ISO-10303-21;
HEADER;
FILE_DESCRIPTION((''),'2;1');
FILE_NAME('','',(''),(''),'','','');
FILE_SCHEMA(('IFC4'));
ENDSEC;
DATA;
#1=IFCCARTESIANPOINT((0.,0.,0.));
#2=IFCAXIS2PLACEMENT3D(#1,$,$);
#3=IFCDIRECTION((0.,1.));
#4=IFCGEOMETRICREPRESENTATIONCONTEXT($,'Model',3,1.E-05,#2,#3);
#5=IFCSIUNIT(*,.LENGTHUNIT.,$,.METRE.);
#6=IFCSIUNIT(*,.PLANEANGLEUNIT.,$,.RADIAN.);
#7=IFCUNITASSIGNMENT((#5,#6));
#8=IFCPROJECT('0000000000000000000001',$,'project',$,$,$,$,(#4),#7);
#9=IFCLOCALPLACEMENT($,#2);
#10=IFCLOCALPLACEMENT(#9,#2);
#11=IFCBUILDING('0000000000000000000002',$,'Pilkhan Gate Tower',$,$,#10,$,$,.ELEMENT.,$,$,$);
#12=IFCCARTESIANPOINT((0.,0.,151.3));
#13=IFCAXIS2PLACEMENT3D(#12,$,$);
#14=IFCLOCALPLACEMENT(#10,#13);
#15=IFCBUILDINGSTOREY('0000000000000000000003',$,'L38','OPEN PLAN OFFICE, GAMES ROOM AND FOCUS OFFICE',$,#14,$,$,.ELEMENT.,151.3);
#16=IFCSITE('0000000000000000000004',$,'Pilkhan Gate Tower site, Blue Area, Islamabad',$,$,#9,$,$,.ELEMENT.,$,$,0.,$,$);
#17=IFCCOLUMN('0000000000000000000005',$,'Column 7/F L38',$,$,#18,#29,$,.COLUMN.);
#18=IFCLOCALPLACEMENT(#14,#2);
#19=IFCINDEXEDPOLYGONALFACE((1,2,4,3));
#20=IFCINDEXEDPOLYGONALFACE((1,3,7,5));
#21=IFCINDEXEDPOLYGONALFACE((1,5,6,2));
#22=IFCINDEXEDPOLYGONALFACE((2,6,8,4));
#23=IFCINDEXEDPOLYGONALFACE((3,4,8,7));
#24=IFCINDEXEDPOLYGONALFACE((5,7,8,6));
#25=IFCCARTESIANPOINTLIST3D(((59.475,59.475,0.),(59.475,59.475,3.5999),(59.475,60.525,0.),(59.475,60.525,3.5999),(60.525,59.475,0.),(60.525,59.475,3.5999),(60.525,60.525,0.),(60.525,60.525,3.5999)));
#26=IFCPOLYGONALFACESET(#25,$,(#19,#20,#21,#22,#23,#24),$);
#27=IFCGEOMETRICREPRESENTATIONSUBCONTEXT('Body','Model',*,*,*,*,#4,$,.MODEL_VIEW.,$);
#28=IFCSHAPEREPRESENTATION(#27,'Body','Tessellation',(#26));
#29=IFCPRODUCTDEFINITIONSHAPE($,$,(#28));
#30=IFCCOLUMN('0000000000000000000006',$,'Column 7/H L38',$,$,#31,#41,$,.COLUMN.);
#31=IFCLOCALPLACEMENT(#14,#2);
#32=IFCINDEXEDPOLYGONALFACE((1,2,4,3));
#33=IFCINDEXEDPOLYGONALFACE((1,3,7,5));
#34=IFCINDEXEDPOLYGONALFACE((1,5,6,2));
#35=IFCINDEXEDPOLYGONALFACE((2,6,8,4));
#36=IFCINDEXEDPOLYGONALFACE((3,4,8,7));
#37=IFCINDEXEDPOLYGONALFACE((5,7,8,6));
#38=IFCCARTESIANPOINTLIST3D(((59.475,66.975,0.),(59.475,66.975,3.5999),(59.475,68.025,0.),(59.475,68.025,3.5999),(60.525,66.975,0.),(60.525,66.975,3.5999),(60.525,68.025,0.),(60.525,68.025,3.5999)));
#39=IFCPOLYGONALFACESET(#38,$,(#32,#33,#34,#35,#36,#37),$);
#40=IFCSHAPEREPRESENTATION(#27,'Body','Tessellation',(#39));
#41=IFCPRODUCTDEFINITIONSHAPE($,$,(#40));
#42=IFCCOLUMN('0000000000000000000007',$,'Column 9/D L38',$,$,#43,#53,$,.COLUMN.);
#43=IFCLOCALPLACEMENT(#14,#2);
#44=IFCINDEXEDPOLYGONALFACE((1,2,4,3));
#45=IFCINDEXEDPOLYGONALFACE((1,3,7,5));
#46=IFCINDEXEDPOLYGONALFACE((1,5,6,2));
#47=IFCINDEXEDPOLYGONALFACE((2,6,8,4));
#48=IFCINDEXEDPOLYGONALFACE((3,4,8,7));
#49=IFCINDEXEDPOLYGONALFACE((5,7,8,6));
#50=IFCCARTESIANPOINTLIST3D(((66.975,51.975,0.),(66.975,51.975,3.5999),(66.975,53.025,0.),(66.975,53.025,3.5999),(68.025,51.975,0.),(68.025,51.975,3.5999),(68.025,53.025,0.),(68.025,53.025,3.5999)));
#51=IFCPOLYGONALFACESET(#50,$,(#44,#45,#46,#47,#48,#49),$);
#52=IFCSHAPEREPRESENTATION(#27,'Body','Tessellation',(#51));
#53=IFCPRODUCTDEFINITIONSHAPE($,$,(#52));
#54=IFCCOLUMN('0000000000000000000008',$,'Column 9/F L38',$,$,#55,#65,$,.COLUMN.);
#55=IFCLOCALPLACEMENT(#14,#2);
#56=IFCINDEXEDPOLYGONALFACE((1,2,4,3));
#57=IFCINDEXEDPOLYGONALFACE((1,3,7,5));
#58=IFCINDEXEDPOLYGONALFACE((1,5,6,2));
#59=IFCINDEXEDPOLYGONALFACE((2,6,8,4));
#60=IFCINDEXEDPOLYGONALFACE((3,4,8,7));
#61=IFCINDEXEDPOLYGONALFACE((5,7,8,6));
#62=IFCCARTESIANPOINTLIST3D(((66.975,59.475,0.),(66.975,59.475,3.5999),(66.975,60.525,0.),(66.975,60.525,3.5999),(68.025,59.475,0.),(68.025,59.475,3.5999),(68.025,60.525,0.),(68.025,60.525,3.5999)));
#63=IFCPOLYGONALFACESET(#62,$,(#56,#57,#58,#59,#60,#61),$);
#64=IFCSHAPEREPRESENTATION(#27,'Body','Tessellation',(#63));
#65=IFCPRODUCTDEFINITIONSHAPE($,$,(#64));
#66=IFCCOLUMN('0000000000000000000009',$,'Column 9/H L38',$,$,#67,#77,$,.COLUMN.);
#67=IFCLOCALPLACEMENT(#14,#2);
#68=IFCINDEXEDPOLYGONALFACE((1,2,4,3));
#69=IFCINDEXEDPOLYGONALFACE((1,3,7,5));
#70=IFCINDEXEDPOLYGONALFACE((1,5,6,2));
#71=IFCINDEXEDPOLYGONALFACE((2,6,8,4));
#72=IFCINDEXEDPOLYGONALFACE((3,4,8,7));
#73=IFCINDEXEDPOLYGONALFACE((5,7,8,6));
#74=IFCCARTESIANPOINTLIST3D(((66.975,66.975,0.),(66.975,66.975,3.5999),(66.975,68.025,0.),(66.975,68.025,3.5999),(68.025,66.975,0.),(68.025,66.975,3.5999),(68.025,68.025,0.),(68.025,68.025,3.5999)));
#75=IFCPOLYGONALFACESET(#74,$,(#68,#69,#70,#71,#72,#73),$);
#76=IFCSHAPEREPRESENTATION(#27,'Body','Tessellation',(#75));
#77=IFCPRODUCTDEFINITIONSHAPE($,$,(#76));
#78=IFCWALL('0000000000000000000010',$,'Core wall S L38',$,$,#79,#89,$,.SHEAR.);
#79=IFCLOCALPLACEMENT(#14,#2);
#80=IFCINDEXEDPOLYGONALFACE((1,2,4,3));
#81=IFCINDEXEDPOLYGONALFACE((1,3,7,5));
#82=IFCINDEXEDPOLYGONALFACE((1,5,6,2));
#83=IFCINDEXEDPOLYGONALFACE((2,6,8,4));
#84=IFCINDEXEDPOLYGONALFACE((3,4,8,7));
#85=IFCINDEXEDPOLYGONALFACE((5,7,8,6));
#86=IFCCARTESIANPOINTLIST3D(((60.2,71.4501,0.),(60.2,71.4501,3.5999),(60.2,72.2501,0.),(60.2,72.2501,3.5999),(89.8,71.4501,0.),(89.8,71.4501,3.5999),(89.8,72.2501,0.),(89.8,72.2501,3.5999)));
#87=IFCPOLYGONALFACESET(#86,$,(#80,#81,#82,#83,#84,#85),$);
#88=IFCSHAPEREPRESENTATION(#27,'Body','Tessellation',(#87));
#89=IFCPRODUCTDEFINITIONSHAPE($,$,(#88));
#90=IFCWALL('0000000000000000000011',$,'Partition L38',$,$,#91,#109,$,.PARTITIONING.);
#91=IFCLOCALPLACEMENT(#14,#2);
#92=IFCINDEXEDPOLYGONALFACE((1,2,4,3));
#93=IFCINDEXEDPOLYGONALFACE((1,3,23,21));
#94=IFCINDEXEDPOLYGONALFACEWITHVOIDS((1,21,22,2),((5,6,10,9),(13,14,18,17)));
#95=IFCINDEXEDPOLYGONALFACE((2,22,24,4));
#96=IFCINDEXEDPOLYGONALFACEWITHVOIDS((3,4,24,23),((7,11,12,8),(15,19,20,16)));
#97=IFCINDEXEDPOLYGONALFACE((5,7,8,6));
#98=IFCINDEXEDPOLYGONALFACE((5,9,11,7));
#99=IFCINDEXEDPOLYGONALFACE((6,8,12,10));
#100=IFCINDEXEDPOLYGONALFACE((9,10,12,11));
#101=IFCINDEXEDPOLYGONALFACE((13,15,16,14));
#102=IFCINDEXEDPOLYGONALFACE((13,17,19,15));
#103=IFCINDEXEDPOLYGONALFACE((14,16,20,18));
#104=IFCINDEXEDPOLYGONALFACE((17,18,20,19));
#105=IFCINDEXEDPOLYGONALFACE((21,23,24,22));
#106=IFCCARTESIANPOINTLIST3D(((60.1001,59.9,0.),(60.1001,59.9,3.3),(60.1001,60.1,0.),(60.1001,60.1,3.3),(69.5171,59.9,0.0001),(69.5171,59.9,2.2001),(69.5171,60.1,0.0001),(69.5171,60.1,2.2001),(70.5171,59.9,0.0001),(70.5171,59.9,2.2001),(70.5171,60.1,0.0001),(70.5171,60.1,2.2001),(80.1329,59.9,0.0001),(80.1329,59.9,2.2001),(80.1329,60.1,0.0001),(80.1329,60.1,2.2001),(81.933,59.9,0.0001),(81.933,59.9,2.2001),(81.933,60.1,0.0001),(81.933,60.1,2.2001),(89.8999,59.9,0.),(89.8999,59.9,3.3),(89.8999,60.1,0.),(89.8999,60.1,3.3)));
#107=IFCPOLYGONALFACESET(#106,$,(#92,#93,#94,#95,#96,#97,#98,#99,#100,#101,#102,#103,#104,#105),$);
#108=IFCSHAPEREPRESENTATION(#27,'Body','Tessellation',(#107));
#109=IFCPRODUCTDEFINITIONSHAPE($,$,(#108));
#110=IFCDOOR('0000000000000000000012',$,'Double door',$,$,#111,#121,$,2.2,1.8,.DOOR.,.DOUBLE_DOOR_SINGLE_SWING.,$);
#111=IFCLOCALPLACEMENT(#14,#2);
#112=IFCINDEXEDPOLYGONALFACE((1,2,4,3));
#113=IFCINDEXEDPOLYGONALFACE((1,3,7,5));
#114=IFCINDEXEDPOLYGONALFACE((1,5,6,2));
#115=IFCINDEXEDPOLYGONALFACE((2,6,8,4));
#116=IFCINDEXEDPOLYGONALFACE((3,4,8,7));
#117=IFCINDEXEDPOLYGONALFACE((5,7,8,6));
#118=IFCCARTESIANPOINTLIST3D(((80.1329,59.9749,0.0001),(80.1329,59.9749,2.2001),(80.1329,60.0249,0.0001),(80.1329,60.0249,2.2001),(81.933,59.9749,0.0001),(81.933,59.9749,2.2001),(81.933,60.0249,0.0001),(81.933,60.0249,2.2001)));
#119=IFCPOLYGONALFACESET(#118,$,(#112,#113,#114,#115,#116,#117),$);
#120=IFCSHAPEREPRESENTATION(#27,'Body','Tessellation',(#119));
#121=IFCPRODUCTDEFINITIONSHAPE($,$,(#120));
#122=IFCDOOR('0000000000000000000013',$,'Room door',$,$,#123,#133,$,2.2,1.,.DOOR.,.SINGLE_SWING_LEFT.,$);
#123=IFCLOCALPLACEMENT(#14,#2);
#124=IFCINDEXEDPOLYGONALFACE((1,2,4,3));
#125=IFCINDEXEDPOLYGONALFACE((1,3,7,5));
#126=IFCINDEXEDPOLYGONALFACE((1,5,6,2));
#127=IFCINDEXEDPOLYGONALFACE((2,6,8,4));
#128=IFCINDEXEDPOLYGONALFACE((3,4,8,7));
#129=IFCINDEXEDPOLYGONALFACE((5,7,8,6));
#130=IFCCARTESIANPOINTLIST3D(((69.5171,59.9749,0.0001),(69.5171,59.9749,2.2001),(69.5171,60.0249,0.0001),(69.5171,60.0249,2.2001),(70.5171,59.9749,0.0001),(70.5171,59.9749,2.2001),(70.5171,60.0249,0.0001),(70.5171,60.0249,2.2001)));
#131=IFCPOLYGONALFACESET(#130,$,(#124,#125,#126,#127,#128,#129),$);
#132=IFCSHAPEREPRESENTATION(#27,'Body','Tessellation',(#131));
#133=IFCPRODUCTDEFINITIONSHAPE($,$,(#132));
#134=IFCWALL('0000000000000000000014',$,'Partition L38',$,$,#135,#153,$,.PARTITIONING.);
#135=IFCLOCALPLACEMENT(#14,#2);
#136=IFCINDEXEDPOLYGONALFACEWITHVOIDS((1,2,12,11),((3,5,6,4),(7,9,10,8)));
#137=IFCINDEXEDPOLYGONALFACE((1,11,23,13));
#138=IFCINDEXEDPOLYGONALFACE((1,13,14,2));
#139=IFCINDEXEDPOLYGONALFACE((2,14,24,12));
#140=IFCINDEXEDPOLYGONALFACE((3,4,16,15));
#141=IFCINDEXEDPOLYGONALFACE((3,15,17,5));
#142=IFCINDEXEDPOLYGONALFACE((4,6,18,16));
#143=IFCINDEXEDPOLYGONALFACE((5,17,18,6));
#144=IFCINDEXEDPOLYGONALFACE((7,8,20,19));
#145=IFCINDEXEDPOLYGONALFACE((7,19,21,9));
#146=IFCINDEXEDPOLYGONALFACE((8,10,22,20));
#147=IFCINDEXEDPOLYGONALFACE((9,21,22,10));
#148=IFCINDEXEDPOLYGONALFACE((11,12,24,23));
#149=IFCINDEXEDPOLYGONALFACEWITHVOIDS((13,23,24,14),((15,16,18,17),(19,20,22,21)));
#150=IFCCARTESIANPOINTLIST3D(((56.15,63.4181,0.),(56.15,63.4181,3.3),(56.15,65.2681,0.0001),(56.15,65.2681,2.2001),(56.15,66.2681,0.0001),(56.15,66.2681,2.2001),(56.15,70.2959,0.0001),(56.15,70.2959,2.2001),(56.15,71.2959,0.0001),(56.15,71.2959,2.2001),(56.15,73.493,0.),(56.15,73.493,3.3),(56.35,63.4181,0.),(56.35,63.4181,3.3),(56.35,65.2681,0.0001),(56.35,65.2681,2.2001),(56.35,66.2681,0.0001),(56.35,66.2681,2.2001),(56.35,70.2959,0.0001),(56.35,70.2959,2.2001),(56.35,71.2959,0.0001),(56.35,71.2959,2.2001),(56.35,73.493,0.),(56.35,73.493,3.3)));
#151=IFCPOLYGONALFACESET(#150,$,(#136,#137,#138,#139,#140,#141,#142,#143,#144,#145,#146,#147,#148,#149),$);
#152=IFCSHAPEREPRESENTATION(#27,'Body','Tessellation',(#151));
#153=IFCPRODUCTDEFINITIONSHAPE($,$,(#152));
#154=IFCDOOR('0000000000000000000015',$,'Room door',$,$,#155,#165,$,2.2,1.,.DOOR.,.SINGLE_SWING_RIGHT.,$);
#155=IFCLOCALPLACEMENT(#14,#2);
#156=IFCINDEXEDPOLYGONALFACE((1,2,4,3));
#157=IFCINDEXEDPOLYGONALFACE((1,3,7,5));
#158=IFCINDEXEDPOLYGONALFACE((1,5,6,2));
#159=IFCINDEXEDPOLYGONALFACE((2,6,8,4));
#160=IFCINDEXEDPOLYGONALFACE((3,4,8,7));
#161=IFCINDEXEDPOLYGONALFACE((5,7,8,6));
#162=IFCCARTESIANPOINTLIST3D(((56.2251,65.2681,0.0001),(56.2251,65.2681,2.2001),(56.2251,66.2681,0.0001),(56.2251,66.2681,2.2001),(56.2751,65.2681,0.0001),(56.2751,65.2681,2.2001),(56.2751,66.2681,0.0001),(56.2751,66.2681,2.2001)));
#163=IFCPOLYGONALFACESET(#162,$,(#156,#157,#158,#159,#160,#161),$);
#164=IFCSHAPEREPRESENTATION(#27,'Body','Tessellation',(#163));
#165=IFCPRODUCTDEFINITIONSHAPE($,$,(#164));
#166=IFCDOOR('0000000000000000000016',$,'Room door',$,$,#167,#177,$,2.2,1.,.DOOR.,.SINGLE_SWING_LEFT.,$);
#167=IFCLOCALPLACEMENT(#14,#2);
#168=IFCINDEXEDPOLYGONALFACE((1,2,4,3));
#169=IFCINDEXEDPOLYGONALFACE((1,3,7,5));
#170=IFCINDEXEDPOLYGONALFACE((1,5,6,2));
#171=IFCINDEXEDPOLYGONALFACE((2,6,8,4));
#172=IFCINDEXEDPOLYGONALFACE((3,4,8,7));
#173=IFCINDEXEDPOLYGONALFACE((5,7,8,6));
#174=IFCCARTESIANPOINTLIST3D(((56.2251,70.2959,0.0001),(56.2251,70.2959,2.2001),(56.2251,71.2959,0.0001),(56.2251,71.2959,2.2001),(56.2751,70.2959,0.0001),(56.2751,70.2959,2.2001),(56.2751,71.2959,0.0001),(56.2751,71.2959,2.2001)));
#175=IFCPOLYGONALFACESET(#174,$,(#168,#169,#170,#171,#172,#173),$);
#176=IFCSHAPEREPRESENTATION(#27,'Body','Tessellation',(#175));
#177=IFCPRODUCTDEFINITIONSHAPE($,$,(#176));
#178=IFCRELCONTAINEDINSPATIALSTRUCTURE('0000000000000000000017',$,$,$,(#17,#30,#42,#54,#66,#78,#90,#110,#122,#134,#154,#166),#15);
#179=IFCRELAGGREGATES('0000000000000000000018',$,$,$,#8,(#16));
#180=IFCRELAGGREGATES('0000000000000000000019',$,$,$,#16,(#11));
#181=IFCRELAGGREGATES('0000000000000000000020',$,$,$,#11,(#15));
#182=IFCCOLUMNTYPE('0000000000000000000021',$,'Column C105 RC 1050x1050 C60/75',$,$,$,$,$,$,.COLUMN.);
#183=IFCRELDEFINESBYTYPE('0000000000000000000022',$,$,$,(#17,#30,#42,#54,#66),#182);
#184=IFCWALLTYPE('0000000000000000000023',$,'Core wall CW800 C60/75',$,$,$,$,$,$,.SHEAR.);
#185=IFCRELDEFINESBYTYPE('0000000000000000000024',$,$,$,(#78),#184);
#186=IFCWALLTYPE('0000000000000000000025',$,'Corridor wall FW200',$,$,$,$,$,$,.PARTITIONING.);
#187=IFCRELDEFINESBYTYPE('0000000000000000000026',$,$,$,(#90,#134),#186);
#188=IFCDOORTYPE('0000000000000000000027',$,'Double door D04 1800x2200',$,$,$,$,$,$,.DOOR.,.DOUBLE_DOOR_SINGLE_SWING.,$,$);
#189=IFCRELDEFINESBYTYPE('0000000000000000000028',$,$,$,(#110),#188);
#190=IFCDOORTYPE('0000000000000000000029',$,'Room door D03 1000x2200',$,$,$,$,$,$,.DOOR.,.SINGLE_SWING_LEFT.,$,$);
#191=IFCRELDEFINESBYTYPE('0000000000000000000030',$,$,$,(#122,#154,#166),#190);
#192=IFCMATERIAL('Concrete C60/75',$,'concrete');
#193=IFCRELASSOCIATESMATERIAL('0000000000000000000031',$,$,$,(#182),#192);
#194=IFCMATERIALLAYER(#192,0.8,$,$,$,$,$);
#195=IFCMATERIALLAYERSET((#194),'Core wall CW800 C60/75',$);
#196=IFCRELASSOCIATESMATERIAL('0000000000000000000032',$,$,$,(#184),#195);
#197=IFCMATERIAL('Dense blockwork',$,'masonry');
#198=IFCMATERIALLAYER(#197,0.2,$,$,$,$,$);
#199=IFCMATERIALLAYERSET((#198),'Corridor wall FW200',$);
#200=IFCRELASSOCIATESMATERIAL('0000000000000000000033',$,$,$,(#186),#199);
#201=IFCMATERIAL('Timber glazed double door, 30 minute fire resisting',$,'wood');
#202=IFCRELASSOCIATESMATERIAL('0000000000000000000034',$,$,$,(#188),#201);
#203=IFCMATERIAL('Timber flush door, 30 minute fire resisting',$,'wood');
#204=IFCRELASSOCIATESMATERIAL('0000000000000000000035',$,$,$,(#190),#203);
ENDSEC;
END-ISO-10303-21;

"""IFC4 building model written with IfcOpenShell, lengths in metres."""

from ifc_helpers import new_model, si_unit, direction, frame, frame_2d, origin, origin_2d, place, context, subcontext, project, spatial, rectangle, extrude, material, layer, layer_set, material_profile, profile_set, type_object, element, fill, save


model = new_model("IFC4")

# Units and contexts
model_context = context("Model", 3, precision=1e-05, world=origin(), true_north=direction((0.0, 1.0)))
body_context = subcontext(model_context, "Body", "Model", "MODEL_VIEW")
ifc_project = project(units=[si_unit("LENGTHUNIT", "METRE"), si_unit("PLANEANGLEUNIT", "RADIAN")], contexts=[model_context])

# Site, building, storey
site_placement = place(None, origin())
site = spatial("IfcSite", under=ifc_project, at=site_placement, Name="Pilkhan Gate Tower site, Blue Area, Islamabad", CompositionType="ELEMENT", RefElevation=0.0)
building_placement = place(site_placement, origin())
building = spatial("IfcBuilding", under=site, at=building_placement, Name="Pilkhan Gate Tower", CompositionType="ELEMENT")
storey_placement = place(building_placement, frame((0.0, 0.0, 151.3)))
storey = spatial("IfcBuildingStorey", under=building, at=storey_placement, Name="L38", Description="OPEN PLAN OFFICE, GAMES ROOM AND FOCUS OFFICE", CompositionType="ELEMENT", Elevation=151.3)

# Columns
ifc_material_1 = material(Name="Concrete C60/75", Category="concrete")
ifc_material_profile = material_profile(ifc_material_1, rectangle(XDim=1.05, YDim=1.05, at=origin_2d()), Name="RC 1050x1050")
ifc_profile_set = profile_set([ifc_material_profile], Name="Concrete C60/75")
column_type = type_object("IfcColumnType", Name="Column C105 RC 1050x1050 C60/75", PredefinedType="COLUMN", material=ifc_profile_set)
for number, where, z_axis, x_axis, name in (
    (1, (60.0, 60.0, 0.0), (0.0, 0.0, 1.0), (1.0, 0.0, 0.0), "Column 7/F L38"),
    (2, (60.0, 67.5, 0.0), (0.0, 0.0, 1.0), (1.0, 0.0, 0.0), "Column 7/H L38"),
    (3, (67.5, 52.5, 0.0), (0.0, 0.0, 1.0), (1.0, 0.0, 0.0), "Column 9/D L38"),
    (4, (67.5, 60.0, 0.0), (0.0, 0.0, 1.0), (1.0, 0.0, 0.0), "Column 9/F L38"),
    (5, (67.5, 67.5, 0.0), (0.0, 0.0, 1.0), (1.0, 0.0, 0.0), "Column 9/H L38"),
):
    element("IfcColumn", number, at=place(storey_placement, frame(where, z_axis=z_axis, x_axis=x_axis)), inside=storey, type_object=column_type, Name=name, PredefinedType="COLUMN", context=body_context, shape_type="SweptSolid", body=[
        extrude(rectangle(XDim=1.05, YDim=1.05, at=origin_2d()), origin(), (0.0, 0.0, 1.0), 3.5999),
    ])

# Wall
ifc_layer_1 = layer(ifc_material_1, 0.8)
ifc_layer_set_1 = layer_set([ifc_layer_1], Name="Core wall CW800 C60/75")
wall_type_1 = type_object("IfcWallType", Name="Core wall CW800 C60/75", PredefinedType="SHEAR", material=ifc_layer_set_1)
wall_1_placement = place(storey_placement, frame((60.2, 71.8501, 0.0), z_axis=(0.0, 0.0, 1.0), x_axis=(1.0, 0.0, 0.0)))
element("IfcWall", 6, at=wall_1_placement, inside=storey, type_object=wall_type_1, Name="Core wall S L38", PredefinedType="SHEAR", context=body_context, shape_type="SweptSolid", body=[
    extrude(rectangle(XDim=29.6001, YDim=0.8, at=frame_2d((14.8, 0.0))), origin(), (0.0, 0.0, 1.0), 3.5999),
])

# Walls, openings, doors
ifc_material_2 = material(Name="Dense blockwork", Category="masonry")
ifc_layer_2 = layer(ifc_material_2, 0.2)
ifc_layer_set_2 = layer_set([ifc_layer_2], Name="Corridor wall FW200")
wall_type_2 = type_object("IfcWallType", Name="Corridor wall FW200", PredefinedType="PARTITIONING", material=ifc_layer_set_2)
wall_2_placement = place(storey_placement, frame((60.1001, 60.0, 0.0), z_axis=(0.0, 0.0, 1.0), x_axis=(1.0, 0.0, 0.0)))
wall_2 = element("IfcWall", 7, at=wall_2_placement, inside=storey, type_object=wall_type_2, Name="Partition L38", PredefinedType="PARTITIONING", context=body_context, shape_type="SweptSolid", body=[
    extrude(rectangle(XDim=29.7998, YDim=0.2, at=frame_2d((14.8999, 0.0))), origin(), (0.0, 0.0, 1.0), 3.3),
])
opening_1_placement = place(wall_2_placement, frame((9.417, 0.0, 0.0)))
opening_1 = element("IfcOpeningElement", 8, at=opening_1_placement, cuts=wall_2, PredefinedType="OPENING", context=body_context, shape_type="SweptSolid", body=[
    extrude(rectangle(XDim=1.0, YDim=2.2, at=frame_2d((0.5, 1.1001))), frame((0.0, 0.1099, 0.0), z_axis=(0.0, -1.0, 0.0), x_axis=(1.0, 0.0, 0.0)), (0.0, 0.0, 1.0), 0.22),
])
opening_2_placement = place(wall_2_placement, frame((20.033, 0.0, 0.0)))
opening_2 = element("IfcOpeningElement", 9, at=opening_2_placement, cuts=wall_2, PredefinedType="OPENING", context=body_context, shape_type="SweptSolid", body=[
    extrude(rectangle(XDim=1.8, YDim=2.2, at=frame_2d((0.8999, 1.1001))), frame((0.0, 0.1099, 0.0), z_axis=(0.0, -1.0, 0.0), x_axis=(1.0, 0.0, 0.0)), (0.0, 0.0, 1.0), 0.22),
])
ifc_material_3 = material(Name="Timber glazed double door, 30 minute fire resisting", Category="wood")
door_type_1 = type_object("IfcDoorType", Name="Double door D04 1800x2200", OperationType="DOUBLE_DOOR_SINGLE_SWING", PredefinedType="DOOR", material=ifc_material_3)
door_1_placement = place(opening_2_placement, origin())
door_1 = element("IfcDoor", 10, at=door_1_placement, inside=storey, type_object=door_type_1, Name="Double door", OperationType="DOUBLE_DOOR_SINGLE_SWING", OverallHeight=2.2, OverallWidth=1.8, PredefinedType="DOOR", context=body_context, shape_type="SweptSolid", body=[
    extrude(rectangle(XDim=1.8, YDim=2.2, at=frame_2d((0.8999, 1.1001))), frame((0.0, 0.0249, 0.0), z_axis=(0.0, -1.0, 0.0), x_axis=(1.0, 0.0, 0.0)), (0.0, 0.0, 1.0), 0.05),
])
fill(opening_2, door_1)
ifc_material_4 = material(Name="Timber flush door, 30 minute fire resisting", Category="wood")
door_type_2 = type_object("IfcDoorType", Name="Room door D03 1000x2200", OperationType="SINGLE_SWING_LEFT", PredefinedType="DOOR", material=ifc_material_4)
door_2_placement = place(opening_1_placement, origin())
door_2 = element("IfcDoor", 11, at=door_2_placement, inside=storey, type_object=door_type_2, Name="Room door", OperationType="SINGLE_SWING_LEFT", OverallHeight=2.2, OverallWidth=1.0, PredefinedType="DOOR", context=body_context, shape_type="SweptSolid", body=[
    extrude(rectangle(XDim=1.0, YDim=2.2, at=frame_2d((0.5, 1.1001))), frame((0.0, 0.0249, 0.0), z_axis=(0.0, -1.0, 0.0), x_axis=(1.0, 0.0, 0.0)), (0.0, 0.0, 1.0), 0.05),
])
fill(opening_1, door_2)
wall_3_placement = place(storey_placement, frame((56.25, 63.418, 0.0), z_axis=(0.0, 0.0, 1.0), x_axis=(0.0, 1.0, 0.0)))
wall_3 = element("IfcWall", 12, at=wall_3_placement, inside=storey, type_object=wall_type_2, Name="Partition L38", PredefinedType="PARTITIONING", context=body_context, shape_type="SweptSolid", body=[
    extrude(rectangle(XDim=10.075, YDim=0.2, at=frame_2d((5.0376, 0.0))), origin(), (0.0, 0.0, 1.0), 3.3),
])
opening_3_placement = place(wall_3_placement, frame((1.8501, 0.0, 0.0)))
opening_3 = element("IfcOpeningElement", 13, at=opening_3_placement, cuts=wall_3, PredefinedType="OPENING", context=body_context, shape_type="SweptSolid", body=[
    extrude(rectangle(XDim=1.0, YDim=2.2, at=frame_2d((0.5, 1.1001))), frame((0.0, 0.1099, 0.0), z_axis=(0.0, -1.0, 0.0), x_axis=(1.0, 0.0, 0.0)), (0.0, 0.0, 1.0), 0.22),
])
opening_4_placement = place(wall_3_placement, frame((6.8779, 0.0, 0.0)))
opening_4 = element("IfcOpeningElement", 14, at=opening_4_placement, cuts=wall_3, PredefinedType="OPENING", context=body_context, shape_type="SweptSolid", body=[
    extrude(rectangle(XDim=1.0, YDim=2.2, at=frame_2d((0.5, 1.1001))), frame((0.0, 0.1099, 0.0), z_axis=(0.0, -1.0, 0.0), x_axis=(1.0, 0.0, 0.0)), (0.0, 0.0, 1.0), 0.22),
])
door_3_placement = place(opening_3_placement, origin())
door_3 = element("IfcDoor", 15, at=door_3_placement, inside=storey, type_object=door_type_2, Name="Room door", OperationType="SINGLE_SWING_RIGHT", OverallHeight=2.2, OverallWidth=1.0, PredefinedType="DOOR", context=body_context, shape_type="SweptSolid", body=[
    extrude(rectangle(XDim=1.0, YDim=2.2, at=frame_2d((0.5, 1.1001))), frame((0.0, 0.0249, 0.0), z_axis=(0.0, -1.0, 0.0), x_axis=(1.0, 0.0, 0.0)), (0.0, 0.0, 1.0), 0.05),
])
fill(opening_3, door_3)
door_4_placement = place(opening_4_placement, origin())
door_4 = element("IfcDoor", 16, at=door_4_placement, inside=storey, type_object=door_type_2, Name="Room door", OperationType="SINGLE_SWING_LEFT", OverallHeight=2.2, OverallWidth=1.0, PredefinedType="DOOR", context=body_context, shape_type="SweptSolid", body=[
    extrude(rectangle(XDim=1.0, YDim=2.2, at=frame_2d((0.5, 1.1001))), frame((0.0, 0.0249, 0.0), z_axis=(0.0, -1.0, 0.0), x_axis=(1.0, 0.0, 0.0)), (0.0, 0.0, 1.0), 0.05),
])
fill(opening_4, door_4)

save(model, "model.ifc")
